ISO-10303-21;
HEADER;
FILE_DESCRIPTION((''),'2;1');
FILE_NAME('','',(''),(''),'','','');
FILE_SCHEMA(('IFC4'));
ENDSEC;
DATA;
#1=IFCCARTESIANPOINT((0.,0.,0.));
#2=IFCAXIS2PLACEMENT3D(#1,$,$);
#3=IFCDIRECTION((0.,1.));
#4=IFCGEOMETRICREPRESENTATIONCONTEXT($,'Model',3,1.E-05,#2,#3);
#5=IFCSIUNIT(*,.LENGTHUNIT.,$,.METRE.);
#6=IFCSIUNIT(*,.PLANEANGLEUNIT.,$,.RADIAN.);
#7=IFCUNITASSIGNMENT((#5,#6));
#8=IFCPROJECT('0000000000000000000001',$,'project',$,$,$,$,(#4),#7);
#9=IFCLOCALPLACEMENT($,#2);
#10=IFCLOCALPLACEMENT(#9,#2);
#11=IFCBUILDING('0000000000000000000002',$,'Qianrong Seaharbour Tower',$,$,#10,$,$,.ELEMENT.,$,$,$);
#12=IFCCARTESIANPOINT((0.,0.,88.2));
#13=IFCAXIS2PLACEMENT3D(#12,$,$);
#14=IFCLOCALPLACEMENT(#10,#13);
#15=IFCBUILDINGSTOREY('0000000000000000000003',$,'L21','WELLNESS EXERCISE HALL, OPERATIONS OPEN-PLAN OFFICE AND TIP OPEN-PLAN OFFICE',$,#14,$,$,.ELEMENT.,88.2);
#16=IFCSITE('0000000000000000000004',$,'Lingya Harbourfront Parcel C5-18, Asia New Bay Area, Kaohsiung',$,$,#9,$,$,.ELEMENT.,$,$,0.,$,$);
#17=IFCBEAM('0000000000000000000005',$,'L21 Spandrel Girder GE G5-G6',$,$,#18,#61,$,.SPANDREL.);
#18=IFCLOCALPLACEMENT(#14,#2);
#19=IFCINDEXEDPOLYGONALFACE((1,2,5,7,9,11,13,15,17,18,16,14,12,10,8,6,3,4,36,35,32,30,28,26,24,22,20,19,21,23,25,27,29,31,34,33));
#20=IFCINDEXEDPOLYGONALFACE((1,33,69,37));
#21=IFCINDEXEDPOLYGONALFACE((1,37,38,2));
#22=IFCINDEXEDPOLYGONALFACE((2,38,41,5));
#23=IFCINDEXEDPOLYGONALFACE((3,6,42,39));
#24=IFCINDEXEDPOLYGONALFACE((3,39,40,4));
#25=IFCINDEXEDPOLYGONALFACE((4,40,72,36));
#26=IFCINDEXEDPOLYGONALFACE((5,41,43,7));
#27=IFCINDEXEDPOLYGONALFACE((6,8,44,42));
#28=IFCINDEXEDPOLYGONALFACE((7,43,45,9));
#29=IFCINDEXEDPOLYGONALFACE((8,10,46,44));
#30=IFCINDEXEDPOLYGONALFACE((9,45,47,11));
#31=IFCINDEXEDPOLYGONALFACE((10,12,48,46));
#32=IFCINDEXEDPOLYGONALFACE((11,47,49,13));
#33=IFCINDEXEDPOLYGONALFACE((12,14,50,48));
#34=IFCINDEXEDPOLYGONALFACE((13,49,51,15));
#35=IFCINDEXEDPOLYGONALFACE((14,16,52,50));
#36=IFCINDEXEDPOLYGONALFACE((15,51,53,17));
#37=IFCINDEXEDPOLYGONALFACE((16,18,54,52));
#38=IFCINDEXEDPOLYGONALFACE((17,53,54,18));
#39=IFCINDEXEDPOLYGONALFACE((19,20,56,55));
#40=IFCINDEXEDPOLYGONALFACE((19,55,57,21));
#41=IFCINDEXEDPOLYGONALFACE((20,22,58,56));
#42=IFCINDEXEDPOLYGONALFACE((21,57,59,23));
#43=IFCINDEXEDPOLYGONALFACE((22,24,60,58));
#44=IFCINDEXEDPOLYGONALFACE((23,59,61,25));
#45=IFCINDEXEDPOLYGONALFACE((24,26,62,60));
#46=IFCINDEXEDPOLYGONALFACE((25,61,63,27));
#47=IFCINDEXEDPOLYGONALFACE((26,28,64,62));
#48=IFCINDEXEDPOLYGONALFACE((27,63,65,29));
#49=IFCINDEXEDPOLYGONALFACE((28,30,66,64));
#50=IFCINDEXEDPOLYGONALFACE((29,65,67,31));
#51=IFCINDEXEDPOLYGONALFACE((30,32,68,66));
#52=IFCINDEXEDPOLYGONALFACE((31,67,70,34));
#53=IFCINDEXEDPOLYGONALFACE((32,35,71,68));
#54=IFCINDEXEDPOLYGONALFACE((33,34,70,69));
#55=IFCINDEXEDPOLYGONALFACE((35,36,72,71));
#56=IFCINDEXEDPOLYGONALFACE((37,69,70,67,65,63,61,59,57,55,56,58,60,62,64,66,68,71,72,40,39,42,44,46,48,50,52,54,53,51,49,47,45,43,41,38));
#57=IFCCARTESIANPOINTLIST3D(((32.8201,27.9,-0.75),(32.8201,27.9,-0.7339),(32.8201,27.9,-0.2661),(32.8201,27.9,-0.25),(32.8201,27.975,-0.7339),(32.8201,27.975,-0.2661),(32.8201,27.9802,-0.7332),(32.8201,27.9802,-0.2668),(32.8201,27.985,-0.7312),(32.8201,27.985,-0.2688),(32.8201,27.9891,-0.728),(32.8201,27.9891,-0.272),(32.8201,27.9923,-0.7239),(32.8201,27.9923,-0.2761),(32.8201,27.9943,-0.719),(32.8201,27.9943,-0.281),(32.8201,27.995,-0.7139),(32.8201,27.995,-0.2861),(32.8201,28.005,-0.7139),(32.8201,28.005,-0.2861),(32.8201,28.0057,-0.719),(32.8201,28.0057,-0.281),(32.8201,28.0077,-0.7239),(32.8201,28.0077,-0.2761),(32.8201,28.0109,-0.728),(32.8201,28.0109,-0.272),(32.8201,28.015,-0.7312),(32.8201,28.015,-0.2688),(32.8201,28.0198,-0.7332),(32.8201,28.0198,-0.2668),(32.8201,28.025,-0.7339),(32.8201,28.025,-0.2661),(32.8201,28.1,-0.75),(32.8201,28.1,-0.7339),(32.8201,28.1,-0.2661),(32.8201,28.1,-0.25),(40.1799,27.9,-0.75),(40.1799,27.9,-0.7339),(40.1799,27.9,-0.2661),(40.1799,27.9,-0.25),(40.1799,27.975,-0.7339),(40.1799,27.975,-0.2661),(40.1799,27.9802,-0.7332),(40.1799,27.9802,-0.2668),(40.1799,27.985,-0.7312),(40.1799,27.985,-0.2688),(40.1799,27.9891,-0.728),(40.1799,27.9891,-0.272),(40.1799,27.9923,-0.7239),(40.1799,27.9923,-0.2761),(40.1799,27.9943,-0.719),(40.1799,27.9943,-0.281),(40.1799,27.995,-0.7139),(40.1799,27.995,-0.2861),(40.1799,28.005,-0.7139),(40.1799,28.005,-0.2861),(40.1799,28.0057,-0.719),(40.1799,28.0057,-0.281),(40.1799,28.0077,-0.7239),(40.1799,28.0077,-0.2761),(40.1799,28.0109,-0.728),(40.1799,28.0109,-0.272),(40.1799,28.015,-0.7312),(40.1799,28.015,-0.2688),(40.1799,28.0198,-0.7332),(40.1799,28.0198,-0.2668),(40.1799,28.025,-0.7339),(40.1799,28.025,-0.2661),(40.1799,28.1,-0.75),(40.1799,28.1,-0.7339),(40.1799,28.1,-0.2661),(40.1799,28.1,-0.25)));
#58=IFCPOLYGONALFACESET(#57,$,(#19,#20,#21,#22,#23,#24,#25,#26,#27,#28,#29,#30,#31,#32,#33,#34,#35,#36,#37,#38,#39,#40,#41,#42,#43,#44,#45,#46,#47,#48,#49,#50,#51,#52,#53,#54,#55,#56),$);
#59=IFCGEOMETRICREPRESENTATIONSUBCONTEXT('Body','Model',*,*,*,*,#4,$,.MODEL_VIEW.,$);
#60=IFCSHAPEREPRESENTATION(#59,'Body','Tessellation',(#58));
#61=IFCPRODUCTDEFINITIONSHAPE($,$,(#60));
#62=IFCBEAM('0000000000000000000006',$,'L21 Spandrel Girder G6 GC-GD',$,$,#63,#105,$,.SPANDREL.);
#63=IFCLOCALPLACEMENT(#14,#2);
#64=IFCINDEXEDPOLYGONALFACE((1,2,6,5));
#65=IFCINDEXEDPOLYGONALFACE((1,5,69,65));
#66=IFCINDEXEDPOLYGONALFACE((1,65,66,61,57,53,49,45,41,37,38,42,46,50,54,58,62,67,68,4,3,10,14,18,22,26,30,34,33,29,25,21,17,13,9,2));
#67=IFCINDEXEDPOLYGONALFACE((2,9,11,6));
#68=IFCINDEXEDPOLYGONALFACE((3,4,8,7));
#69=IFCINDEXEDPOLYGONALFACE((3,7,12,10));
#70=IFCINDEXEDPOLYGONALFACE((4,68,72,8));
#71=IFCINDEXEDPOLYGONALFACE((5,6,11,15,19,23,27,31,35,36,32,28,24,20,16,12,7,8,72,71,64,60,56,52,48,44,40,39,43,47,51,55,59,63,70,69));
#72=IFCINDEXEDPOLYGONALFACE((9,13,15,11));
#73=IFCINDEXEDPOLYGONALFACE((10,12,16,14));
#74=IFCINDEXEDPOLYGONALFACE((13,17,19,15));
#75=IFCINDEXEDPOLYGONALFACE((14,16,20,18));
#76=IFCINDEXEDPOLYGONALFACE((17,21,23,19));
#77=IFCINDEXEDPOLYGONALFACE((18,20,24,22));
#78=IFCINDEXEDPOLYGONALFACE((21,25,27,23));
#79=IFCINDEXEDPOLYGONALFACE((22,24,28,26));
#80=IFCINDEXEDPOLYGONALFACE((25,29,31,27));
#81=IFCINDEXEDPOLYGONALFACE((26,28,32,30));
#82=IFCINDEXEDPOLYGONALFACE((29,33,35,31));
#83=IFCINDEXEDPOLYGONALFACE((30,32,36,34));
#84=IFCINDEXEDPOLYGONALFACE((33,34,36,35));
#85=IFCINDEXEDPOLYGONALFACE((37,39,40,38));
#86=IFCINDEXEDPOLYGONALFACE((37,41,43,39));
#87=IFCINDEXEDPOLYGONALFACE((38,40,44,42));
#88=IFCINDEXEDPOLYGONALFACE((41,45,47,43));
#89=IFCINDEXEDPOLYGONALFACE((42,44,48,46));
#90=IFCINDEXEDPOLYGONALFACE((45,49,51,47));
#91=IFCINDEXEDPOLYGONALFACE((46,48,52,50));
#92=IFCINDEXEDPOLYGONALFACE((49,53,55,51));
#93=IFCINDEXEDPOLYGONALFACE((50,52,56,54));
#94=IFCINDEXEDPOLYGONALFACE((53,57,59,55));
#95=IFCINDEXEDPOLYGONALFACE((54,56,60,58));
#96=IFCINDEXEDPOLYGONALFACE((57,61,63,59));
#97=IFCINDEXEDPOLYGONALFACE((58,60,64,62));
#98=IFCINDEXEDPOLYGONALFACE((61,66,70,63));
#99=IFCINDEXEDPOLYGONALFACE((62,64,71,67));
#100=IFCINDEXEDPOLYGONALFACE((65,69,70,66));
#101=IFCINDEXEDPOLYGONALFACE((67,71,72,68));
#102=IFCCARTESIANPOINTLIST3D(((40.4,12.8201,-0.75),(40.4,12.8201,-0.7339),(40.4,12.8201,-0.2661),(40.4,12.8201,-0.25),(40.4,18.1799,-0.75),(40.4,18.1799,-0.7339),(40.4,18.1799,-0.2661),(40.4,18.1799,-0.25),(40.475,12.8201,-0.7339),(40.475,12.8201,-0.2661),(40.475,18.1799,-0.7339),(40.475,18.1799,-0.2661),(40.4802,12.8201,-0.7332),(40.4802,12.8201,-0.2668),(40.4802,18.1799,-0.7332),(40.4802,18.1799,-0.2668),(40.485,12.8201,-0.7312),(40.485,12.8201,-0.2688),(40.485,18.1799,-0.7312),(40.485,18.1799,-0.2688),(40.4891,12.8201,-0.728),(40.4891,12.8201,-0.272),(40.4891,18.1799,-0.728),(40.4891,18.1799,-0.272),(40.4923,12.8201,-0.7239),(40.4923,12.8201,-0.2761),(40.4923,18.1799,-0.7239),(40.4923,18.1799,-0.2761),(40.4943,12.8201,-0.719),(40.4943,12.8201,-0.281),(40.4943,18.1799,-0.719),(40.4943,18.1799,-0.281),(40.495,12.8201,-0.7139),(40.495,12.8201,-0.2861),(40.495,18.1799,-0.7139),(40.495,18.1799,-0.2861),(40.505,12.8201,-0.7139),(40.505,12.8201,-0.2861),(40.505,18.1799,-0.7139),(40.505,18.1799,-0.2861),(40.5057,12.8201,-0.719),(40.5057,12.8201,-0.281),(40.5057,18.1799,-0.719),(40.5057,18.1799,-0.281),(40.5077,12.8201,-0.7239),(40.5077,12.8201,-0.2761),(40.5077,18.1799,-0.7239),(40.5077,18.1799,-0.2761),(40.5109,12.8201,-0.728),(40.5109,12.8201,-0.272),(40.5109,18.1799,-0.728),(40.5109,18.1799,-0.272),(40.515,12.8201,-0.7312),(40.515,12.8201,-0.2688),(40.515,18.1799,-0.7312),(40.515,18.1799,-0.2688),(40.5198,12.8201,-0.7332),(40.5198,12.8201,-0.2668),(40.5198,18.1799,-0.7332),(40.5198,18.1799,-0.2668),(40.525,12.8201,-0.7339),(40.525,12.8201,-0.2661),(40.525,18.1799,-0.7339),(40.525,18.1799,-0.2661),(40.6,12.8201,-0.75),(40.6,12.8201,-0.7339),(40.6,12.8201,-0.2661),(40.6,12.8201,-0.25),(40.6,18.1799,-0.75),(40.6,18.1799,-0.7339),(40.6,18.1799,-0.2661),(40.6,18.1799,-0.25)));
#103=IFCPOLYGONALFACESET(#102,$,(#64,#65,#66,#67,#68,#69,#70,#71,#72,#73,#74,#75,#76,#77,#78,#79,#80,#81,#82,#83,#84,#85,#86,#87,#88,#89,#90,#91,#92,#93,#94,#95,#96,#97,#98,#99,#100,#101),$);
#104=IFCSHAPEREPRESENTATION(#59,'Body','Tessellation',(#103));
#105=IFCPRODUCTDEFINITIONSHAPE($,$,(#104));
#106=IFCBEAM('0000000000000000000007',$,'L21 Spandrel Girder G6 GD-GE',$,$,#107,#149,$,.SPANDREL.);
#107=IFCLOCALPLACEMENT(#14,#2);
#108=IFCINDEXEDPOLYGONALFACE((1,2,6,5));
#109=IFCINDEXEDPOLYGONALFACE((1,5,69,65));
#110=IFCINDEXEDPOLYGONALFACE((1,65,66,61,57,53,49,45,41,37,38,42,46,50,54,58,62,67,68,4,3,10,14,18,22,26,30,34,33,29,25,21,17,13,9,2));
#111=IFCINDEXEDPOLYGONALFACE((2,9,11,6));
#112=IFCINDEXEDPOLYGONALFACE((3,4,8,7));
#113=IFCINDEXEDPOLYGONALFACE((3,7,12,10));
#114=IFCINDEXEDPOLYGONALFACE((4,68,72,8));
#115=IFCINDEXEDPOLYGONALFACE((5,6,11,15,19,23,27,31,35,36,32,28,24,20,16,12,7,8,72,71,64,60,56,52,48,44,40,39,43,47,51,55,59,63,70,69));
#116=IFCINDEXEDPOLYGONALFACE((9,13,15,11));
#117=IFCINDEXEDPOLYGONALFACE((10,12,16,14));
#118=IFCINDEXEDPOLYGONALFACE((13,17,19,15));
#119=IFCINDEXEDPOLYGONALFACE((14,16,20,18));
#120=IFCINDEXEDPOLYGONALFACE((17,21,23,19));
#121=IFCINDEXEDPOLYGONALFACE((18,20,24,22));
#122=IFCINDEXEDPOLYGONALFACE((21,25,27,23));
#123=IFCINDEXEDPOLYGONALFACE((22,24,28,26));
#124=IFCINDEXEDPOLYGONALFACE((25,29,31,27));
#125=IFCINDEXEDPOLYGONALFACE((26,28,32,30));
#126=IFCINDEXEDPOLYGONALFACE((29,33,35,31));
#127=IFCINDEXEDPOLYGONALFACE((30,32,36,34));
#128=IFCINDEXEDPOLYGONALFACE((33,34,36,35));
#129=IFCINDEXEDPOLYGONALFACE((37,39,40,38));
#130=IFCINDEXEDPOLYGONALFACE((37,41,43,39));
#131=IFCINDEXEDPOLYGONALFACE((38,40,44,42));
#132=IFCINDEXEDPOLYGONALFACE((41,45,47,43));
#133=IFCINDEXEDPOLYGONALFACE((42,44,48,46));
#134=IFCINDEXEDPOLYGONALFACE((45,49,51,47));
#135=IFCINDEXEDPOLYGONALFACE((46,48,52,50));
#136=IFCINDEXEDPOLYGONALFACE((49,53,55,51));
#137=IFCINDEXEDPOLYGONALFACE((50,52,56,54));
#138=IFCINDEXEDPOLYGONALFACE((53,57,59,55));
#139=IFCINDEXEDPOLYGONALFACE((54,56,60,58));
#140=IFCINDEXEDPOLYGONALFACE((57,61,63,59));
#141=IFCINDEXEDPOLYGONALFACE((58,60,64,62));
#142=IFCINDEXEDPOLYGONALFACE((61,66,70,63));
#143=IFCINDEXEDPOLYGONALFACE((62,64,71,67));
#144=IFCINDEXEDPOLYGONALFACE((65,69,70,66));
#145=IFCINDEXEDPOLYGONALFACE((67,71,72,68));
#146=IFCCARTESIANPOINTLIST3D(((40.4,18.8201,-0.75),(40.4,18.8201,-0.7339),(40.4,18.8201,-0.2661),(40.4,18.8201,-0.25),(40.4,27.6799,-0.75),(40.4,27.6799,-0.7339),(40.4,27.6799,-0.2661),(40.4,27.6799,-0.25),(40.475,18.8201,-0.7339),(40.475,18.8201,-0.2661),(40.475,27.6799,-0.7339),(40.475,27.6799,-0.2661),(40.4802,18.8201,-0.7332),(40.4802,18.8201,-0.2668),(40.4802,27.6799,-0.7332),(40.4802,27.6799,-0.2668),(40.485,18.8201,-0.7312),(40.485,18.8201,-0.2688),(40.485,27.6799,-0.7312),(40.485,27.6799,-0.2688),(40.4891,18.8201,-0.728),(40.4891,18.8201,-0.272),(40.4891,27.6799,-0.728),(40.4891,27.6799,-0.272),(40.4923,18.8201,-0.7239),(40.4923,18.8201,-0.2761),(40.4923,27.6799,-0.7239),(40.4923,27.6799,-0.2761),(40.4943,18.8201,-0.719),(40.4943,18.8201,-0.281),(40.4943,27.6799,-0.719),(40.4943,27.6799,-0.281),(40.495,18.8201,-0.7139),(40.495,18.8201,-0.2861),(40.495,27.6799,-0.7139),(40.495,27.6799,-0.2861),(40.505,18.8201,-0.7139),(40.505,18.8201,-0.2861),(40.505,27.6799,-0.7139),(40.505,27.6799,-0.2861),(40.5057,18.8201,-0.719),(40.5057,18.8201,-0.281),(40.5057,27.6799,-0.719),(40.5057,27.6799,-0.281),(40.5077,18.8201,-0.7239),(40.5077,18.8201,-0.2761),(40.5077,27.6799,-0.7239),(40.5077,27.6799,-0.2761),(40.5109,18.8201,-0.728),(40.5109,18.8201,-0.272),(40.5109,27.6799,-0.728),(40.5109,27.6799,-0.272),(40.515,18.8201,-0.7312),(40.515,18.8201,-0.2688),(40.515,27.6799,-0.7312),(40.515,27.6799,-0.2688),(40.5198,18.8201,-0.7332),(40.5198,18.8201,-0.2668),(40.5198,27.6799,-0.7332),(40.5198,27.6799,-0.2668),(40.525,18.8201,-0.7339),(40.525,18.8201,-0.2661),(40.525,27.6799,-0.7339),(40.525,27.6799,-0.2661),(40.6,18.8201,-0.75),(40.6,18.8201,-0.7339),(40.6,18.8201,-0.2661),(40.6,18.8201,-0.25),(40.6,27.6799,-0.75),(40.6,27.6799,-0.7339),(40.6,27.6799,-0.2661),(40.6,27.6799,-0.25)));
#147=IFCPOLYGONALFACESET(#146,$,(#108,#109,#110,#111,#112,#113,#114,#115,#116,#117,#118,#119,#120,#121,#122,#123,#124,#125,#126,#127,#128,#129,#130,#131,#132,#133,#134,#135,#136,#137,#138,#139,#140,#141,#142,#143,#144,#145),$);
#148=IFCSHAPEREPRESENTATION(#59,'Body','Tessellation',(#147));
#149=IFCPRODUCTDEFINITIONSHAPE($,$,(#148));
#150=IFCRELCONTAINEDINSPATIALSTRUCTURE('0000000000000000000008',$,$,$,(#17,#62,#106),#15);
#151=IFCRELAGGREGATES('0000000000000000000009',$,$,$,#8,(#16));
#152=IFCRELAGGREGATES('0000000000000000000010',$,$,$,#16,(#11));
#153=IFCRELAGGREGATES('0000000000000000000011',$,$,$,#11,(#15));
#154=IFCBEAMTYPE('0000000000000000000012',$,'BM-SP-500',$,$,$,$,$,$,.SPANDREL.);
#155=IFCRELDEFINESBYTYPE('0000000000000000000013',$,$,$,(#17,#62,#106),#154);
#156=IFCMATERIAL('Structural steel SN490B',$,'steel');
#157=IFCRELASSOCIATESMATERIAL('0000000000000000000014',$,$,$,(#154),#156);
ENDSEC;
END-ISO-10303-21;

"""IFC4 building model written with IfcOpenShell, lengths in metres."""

from ifc_helpers import new_model, si_unit, direction, frame, origin, origin_2d, place, context, subcontext, project, spatial, i_section, extrude, material, material_profile, profile_set, type_object, element, save


model = new_model("IFC4")

# Units and contexts
model_context = context("Model", 3, precision=1e-05, world=origin(), true_north=direction((0.0, 1.0)))
body_context = subcontext(model_context, "Body", "Model", "MODEL_VIEW")
ifc_project = project(units=[si_unit("LENGTHUNIT", "METRE"), si_unit("PLANEANGLEUNIT", "RADIAN")], contexts=[model_context])

# Site, building, storey
site_placement = place(None, origin())
site = spatial("IfcSite", under=ifc_project, at=site_placement, Name="Lingya Harbourfront Parcel C5-18, Asia New Bay Area, Kaohsiung", CompositionType="ELEMENT", RefElevation=0.0)
building_placement = place(site_placement, origin())
building = spatial("IfcBuilding", under=site, at=building_placement, Name="Qianrong Seaharbour Tower", CompositionType="ELEMENT")
storey_placement = place(building_placement, frame((0.0, 0.0, 88.2)))
storey = spatial("IfcBuildingStorey", under=building, at=storey_placement, Name="L21", Description="WELLNESS EXERCISE HALL, OPERATIONS OPEN-PLAN OFFICE AND TIP OPEN-PLAN OFFICE", CompositionType="ELEMENT", Elevation=88.2)

# Shared definitions
ifc_material_1 = material(Name="Structural steel SN490B", Category="steel")

# Beams
ifc_material_profile_1 = material_profile(ifc_material_1, i_section(OverallWidth=0.2, OverallDepth=0.5, WebThickness=0.01, FlangeThickness=0.0161, FilletRadius=0.02, at=origin_2d()), Name="H500x200x10x16")
ifc_profile_set_1 = profile_set([ifc_material_profile_1], Name="Structural steel SN490B")
beam_type_1 = type_object("IfcBeamType", Name="BM-SP-500", PredefinedType="SPANDREL", material=ifc_profile_set_1)
for number, where, z_axis, x_axis, name in (
    (1, (32.8201, 28.0, -0.5), (1.0, 0.0, 0.0), (0.0, 1.0, 0.0), "L21 Spandrel Girder GE G5-G6"),
):
    element("IfcBeam", number, at=place(storey_placement, frame(where, z_axis=z_axis, x_axis=x_axis)), inside=storey, type_object=beam_type_1, Name=name, PredefinedType="SPANDREL", context=body_context, shape_type="SweptSolid", body=[
        extrude(i_section(OverallWidth=0.2, OverallDepth=0.5, WebThickness=0.01, FlangeThickness=0.0161, FilletRadius=0.02, at=origin_2d()), origin(), (0.0, 0.0, 1.0), 7.3599),
    ])
beam_1_placement = place(storey_placement, frame((40.5, 12.8201, -0.5), z_axis=(0.0, 1.0, 0.0), x_axis=(-1.0, 0.0, 0.0)))
element("IfcBeam", 2, at=beam_1_placement, inside=storey, type_object=beam_type_1, Name="L21 Spandrel Girder G6 GC-GD", PredefinedType="SPANDREL", context=body_context, shape_type="SweptSolid", body=[
    extrude(i_section(OverallWidth=0.2, OverallDepth=0.5, WebThickness=0.01, FlangeThickness=0.0161, FilletRadius=0.02, at=origin_2d()), origin(), (0.0, 0.0, 1.0), 5.3599),
])
beam_2_placement = place(storey_placement, frame((40.5, 18.8201, -0.5), z_axis=(0.0, 1.0, 0.0), x_axis=(-1.0, 0.0, 0.0)))
element("IfcBeam", 3, at=beam_2_placement, inside=storey, type_object=beam_type_1, Name="L21 Spandrel Girder G6 GD-GE", PredefinedType="SPANDREL", context=body_context, shape_type="SweptSolid", body=[
    extrude(i_section(OverallWidth=0.2, OverallDepth=0.5, WebThickness=0.01, FlangeThickness=0.0161, FilletRadius=0.02, at=origin_2d()), origin(), (0.0, 0.0, 1.0), 8.8599),
])

save(model, "model.ifc")
